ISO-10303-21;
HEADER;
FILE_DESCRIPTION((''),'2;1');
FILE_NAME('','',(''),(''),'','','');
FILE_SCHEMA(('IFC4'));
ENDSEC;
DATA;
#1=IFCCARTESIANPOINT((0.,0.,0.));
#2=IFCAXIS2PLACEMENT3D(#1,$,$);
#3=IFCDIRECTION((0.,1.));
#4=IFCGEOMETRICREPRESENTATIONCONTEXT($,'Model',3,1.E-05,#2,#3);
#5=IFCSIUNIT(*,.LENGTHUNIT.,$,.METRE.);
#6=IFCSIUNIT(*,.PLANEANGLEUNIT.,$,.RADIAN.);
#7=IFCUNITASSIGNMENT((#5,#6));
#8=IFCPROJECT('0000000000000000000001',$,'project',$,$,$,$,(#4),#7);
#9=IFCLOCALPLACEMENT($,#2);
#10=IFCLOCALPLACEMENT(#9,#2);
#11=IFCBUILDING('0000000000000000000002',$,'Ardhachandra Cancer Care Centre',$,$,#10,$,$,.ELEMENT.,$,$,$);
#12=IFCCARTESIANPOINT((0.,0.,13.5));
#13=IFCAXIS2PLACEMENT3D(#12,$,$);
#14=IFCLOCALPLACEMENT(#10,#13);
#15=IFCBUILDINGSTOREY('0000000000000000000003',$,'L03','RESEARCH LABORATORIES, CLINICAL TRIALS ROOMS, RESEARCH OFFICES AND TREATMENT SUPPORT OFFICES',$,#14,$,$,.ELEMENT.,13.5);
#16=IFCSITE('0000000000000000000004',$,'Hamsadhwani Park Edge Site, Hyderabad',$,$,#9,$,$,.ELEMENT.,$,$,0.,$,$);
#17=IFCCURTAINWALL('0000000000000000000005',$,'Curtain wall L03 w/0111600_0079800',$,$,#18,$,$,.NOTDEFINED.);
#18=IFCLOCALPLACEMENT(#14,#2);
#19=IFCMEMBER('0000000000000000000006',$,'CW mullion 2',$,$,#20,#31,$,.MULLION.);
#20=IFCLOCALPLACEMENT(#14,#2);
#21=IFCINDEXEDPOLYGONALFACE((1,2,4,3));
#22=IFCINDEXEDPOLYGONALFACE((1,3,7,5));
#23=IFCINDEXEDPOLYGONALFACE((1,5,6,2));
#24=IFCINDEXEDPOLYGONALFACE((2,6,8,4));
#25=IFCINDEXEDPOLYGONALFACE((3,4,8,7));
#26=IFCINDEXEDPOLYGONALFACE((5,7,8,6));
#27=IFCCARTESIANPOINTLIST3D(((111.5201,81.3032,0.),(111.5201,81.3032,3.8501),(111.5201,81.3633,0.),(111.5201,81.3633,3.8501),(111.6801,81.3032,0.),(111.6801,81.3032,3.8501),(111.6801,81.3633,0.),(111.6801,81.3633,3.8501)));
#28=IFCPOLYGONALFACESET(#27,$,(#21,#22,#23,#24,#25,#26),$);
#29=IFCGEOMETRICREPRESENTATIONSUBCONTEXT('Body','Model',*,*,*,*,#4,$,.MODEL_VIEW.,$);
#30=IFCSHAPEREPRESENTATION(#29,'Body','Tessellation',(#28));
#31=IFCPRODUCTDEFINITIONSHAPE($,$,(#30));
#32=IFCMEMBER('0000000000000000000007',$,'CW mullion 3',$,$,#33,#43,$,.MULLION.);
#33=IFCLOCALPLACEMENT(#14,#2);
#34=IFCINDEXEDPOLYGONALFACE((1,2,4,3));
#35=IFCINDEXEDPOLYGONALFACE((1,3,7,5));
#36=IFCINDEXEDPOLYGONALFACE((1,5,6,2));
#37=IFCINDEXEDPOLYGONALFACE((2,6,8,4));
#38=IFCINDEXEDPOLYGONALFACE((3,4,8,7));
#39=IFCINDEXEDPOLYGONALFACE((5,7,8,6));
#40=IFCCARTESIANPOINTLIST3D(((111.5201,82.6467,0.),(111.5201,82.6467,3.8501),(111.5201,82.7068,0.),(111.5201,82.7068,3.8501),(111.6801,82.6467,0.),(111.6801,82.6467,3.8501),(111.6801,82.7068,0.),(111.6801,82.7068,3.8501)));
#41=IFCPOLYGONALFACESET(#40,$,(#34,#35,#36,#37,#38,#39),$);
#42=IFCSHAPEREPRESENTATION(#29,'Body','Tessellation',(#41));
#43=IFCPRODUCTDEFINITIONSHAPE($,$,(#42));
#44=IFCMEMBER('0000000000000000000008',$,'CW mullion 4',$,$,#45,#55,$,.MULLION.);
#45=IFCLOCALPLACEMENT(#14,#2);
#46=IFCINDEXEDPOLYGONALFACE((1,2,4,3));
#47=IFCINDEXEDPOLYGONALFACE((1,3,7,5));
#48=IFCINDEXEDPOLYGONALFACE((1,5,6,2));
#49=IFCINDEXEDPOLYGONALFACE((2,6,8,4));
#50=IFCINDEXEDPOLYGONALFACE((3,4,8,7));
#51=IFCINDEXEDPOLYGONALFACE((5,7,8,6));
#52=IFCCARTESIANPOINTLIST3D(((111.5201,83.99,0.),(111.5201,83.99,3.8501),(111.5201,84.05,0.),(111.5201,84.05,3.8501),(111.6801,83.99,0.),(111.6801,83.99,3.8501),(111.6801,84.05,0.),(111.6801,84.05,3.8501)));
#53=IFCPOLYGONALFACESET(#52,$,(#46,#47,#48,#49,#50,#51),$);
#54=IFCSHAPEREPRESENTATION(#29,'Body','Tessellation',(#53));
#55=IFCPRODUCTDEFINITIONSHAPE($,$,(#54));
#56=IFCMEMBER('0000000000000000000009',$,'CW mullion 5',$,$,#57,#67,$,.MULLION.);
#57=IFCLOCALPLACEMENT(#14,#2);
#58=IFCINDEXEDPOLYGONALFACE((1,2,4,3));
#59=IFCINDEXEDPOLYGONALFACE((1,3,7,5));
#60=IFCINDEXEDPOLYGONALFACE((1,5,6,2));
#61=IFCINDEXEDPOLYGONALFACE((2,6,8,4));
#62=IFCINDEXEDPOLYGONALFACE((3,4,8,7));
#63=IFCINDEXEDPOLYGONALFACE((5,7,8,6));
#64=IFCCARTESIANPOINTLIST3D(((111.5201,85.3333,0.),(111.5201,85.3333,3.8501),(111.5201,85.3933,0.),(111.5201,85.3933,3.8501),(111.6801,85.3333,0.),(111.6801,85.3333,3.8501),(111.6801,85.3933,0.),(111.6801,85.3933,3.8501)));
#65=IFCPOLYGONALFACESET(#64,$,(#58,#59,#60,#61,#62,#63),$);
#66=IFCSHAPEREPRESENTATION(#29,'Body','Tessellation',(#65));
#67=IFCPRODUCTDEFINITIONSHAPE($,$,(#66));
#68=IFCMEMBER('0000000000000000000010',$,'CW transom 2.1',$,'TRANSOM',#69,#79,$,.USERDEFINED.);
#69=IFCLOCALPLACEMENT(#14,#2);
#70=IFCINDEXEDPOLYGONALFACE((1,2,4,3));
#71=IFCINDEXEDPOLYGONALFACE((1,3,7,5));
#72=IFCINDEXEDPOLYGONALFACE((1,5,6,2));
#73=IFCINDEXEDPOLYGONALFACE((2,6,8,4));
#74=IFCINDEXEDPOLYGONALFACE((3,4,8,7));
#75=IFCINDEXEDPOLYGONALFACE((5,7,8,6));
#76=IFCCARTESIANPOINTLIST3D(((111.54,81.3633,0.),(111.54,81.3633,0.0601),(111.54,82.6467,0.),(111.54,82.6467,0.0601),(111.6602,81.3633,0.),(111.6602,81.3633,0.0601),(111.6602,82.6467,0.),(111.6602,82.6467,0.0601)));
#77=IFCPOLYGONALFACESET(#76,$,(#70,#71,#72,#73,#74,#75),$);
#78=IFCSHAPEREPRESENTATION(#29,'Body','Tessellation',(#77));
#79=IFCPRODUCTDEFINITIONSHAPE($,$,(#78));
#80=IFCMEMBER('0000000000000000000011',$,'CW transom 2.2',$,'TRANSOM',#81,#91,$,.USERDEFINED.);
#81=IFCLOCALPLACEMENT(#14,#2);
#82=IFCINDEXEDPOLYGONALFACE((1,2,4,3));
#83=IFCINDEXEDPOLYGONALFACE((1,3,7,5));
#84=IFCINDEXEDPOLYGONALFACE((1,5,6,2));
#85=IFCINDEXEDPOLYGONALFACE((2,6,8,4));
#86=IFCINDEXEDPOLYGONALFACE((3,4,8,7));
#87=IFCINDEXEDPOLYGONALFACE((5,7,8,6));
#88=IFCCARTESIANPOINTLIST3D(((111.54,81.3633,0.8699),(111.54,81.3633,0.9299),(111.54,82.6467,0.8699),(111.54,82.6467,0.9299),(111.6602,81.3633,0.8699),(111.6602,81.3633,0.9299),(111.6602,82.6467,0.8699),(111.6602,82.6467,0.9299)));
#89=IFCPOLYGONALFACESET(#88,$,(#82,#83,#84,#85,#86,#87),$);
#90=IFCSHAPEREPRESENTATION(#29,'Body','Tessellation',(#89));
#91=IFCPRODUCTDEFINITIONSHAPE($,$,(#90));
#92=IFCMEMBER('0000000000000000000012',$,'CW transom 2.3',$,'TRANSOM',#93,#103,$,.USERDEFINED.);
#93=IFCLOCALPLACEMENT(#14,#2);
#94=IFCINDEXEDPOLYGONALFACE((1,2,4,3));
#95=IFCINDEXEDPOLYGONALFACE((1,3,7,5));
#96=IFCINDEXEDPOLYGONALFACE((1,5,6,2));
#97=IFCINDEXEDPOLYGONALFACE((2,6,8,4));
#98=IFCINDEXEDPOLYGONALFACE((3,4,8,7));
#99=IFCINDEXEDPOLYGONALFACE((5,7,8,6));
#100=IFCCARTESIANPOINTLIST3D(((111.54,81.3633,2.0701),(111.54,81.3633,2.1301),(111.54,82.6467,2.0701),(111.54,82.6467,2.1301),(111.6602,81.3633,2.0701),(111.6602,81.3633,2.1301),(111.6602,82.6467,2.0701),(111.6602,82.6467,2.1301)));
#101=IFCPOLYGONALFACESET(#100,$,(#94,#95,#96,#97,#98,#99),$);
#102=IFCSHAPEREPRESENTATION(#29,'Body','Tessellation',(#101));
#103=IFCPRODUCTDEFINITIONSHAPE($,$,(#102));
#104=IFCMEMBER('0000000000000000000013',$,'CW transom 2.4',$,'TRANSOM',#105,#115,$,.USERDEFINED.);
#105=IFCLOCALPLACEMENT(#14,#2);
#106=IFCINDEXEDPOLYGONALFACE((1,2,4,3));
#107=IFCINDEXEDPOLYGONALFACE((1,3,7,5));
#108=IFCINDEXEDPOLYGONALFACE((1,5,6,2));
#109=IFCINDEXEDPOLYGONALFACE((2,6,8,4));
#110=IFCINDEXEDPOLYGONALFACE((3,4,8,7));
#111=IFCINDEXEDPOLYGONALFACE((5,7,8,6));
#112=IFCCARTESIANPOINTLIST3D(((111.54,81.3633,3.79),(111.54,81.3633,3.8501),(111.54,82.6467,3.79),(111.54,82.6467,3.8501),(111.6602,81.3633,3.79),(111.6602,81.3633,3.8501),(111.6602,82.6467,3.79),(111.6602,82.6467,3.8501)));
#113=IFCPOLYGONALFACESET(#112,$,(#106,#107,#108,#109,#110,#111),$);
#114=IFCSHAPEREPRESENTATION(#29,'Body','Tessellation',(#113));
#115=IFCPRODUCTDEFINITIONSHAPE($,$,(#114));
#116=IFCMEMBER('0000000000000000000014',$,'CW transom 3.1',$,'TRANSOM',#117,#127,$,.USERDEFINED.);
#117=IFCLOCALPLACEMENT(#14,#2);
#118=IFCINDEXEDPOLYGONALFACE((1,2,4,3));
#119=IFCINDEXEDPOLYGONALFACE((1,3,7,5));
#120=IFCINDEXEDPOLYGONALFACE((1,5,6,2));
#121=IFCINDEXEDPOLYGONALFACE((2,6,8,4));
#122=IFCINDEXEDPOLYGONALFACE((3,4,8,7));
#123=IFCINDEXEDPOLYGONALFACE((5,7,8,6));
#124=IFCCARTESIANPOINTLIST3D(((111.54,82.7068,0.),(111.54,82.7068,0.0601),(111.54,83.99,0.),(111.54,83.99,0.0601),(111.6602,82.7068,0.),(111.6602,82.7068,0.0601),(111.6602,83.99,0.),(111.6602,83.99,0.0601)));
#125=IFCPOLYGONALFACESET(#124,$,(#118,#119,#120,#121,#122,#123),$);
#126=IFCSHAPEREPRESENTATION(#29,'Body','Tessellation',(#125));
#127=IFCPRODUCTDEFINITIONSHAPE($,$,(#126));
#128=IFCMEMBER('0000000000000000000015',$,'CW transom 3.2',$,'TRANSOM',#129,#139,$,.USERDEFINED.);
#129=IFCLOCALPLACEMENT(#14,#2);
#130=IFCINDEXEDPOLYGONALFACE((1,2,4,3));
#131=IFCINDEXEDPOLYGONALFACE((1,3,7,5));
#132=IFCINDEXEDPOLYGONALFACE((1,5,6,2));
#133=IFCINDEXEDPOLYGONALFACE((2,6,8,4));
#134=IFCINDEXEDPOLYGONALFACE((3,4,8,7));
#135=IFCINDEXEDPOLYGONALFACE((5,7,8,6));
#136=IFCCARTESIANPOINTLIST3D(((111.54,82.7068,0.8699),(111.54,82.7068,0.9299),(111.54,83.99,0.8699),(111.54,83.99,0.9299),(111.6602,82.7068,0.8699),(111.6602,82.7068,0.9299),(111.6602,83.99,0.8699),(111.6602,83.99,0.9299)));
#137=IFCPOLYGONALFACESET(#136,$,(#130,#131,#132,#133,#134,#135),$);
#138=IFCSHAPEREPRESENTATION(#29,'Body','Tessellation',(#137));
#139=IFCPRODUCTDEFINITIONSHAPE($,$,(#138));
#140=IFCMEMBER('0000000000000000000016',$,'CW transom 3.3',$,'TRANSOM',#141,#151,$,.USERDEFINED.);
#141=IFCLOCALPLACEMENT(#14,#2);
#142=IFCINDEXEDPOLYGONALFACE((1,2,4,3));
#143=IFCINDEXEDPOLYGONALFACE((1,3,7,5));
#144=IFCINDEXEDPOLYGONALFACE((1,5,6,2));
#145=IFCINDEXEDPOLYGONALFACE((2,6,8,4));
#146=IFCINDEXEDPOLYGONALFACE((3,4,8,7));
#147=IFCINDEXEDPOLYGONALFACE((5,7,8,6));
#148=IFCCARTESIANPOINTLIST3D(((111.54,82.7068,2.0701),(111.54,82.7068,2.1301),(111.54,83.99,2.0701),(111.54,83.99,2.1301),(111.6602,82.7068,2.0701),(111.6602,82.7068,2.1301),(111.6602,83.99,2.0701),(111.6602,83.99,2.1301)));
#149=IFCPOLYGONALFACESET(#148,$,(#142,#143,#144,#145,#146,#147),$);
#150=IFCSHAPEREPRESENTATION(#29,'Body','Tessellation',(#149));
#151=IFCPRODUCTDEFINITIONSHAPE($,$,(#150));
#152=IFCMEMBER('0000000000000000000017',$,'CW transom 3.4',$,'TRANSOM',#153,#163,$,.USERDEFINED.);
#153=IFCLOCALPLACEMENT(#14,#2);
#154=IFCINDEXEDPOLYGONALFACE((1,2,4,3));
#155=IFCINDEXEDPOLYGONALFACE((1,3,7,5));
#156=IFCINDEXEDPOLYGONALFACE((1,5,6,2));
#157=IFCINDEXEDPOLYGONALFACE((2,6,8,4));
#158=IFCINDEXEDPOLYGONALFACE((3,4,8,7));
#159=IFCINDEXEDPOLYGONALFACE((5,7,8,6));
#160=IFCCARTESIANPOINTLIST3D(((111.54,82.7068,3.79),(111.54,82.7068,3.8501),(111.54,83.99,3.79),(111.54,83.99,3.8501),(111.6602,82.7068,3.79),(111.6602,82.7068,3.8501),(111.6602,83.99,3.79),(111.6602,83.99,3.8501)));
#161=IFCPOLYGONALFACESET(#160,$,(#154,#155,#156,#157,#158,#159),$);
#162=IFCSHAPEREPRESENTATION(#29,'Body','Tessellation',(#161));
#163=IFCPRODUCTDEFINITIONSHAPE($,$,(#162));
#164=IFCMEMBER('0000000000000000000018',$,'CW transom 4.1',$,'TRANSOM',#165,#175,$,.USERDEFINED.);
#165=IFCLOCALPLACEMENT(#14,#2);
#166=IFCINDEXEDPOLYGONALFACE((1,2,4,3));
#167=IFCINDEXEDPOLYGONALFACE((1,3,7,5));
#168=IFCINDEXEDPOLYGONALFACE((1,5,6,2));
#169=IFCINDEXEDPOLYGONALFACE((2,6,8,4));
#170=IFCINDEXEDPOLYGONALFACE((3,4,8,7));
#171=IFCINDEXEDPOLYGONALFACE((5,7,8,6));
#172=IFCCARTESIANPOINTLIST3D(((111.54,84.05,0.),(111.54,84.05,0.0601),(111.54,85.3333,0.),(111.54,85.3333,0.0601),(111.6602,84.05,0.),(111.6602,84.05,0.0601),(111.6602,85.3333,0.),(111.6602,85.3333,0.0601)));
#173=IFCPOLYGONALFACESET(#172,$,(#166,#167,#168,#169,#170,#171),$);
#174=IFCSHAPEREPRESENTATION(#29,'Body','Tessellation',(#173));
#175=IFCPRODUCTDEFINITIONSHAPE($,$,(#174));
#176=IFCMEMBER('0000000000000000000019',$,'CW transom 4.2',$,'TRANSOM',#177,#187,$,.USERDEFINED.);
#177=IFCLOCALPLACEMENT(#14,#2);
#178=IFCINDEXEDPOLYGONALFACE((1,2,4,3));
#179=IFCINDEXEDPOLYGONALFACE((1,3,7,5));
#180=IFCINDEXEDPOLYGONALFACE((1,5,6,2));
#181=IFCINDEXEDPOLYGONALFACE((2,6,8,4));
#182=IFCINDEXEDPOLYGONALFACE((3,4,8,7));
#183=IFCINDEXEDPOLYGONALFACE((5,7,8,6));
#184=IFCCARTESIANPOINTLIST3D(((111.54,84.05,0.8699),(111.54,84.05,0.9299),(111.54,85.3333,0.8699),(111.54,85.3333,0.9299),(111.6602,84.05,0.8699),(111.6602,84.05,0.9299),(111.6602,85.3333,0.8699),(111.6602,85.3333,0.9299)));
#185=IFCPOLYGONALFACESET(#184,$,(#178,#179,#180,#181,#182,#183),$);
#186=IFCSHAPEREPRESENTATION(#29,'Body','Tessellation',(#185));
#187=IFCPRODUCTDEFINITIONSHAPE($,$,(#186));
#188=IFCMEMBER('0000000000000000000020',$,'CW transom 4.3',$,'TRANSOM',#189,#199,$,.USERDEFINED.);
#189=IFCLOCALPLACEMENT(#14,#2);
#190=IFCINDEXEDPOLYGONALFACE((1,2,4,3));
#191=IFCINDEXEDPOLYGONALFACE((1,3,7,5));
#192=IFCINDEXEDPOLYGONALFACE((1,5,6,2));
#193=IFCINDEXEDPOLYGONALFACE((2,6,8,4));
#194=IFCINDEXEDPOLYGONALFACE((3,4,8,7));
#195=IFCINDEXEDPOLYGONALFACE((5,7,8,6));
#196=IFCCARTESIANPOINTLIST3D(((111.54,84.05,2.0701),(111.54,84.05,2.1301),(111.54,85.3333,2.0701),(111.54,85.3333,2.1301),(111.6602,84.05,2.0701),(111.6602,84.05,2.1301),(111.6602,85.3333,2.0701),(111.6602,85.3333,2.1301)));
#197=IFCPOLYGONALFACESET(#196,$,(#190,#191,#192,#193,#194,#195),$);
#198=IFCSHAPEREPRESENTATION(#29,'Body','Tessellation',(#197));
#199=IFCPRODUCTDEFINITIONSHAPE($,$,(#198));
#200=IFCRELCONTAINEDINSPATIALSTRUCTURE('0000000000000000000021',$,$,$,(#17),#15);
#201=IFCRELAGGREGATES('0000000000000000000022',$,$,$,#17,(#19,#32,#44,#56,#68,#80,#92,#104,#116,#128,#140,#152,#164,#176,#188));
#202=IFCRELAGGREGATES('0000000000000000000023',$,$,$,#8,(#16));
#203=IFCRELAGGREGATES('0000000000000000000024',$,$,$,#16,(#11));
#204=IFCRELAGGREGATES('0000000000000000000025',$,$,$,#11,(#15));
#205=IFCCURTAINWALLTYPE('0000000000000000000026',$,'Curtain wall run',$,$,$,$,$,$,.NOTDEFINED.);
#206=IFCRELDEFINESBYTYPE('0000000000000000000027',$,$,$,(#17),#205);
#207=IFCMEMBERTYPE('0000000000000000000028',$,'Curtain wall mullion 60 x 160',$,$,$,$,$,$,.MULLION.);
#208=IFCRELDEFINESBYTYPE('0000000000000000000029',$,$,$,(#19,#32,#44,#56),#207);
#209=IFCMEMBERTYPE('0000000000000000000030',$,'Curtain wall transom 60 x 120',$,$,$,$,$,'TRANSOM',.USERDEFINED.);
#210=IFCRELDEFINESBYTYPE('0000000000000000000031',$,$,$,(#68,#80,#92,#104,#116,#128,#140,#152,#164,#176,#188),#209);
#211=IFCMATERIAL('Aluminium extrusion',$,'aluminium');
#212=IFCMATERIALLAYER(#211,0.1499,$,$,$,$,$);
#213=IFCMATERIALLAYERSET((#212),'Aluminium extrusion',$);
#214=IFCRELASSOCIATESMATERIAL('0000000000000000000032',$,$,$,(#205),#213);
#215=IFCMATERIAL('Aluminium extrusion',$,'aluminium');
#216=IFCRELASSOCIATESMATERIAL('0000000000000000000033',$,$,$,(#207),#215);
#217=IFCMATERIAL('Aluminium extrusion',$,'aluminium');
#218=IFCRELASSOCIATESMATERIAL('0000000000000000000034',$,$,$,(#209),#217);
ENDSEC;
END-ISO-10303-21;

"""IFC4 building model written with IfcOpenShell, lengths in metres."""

from ifc_helpers import new_model, si_unit, direction, frame, origin, origin_2d, place, context, subcontext, project, spatial, rectangle, extrude, material, layer, layer_set, material_profile, profile_set, type_object, element, aggregate, save


model = new_model("IFC4")

# Units and contexts
model_context = context("Model", 3, precision=1e-05, world=origin(), true_north=direction((0.0, 1.0)))
body_context = subcontext(model_context, "Body", "Model", "MODEL_VIEW")
ifc_project = project(units=[si_unit("LENGTHUNIT", "METRE"), si_unit("PLANEANGLEUNIT", "RADIAN")], contexts=[model_context])

# Site, building, storey
site_placement = place(None, origin())
site = spatial("IfcSite", under=ifc_project, at=site_placement, Name="Hamsadhwani Park Edge Site, Hyderabad", CompositionType="ELEMENT", RefElevation=0.0)
building_placement = place(site_placement, origin())
building = spatial("IfcBuilding", under=site, at=building_placement, Name="Ardhachandra Cancer Care Centre", CompositionType="ELEMENT")
storey_placement = place(building_placement, frame((0.0, 0.0, 13.5)))
storey = spatial("IfcBuildingStorey", under=building, at=storey_placement, Name="L03", Description="RESEARCH LABORATORIES, CLINICAL TRIALS ROOMS, RESEARCH OFFICES AND TREATMENT SUPPORT OFFICES", CompositionType="ELEMENT", Elevation=13.5)

# Curtain wall, members
ifc_material_1 = material(Name="Aluminium extrusion", Category="aluminium")
ifc_layer_1 = layer(ifc_material_1, 0.1499)
ifc_layer_set_1 = layer_set([ifc_layer_1], Name="Aluminium extrusion")
curtain_wall_type = type_object("IfcCurtainWallType", Name="Curtain wall run", PredefinedType="NOTDEFINED", material=ifc_layer_set_1)
curtain_wall_placement = place(storey_placement, origin())
curtain_wall = element("IfcCurtainWall", 1, at=curtain_wall_placement, inside=storey, type_object=curtain_wall_type, Name="Curtain wall L03 w/0111600_0079800", PredefinedType="NOTDEFINED")
ifc_material_2 = material(Name="Aluminium extrusion", Category="aluminium")
ifc_material_profile_1 = material_profile(ifc_material_2, rectangle(XDim=0.1599, YDim=0.0601, at=origin_2d()), Name="Curtain wall mullion 60 x 160")
ifc_profile_set_1 = profile_set([ifc_material_profile_1], Name="Aluminium extrusion")
member_type_1 = type_object("IfcMemberType", Name="Curtain wall mullion 60 x 160", PredefinedType="MULLION", material=ifc_profile_set_1)
member_1_placement = place(storey_placement, frame((111.6001, 81.3333, 0.0), z_axis=(0.0, 0.0, 1.0), x_axis=(-1.0, 0.0, 0.0)))
member_1 = element("IfcMember", 2, at=member_1_placement, type_object=member_type_1, Name="CW mullion 2", PredefinedType="MULLION", context=body_context, shape_type="SweptSolid", body=[
    extrude(rectangle(XDim=0.1599, YDim=0.0601, at=origin_2d()), origin(), (0.0, 0.0, 1.0), 3.8501),
])
member_2_placement = place(storey_placement, frame((111.6001, 82.6768, 0.0), z_axis=(0.0, 0.0, 1.0), x_axis=(-1.0, 0.0, 0.0)))
member_2 = element("IfcMember", 3, at=member_2_placement, type_object=member_type_1, Name="CW mullion 3", PredefinedType="MULLION", context=body_context, shape_type="SweptSolid", body=[
    extrude(rectangle(XDim=0.1599, YDim=0.0601, at=origin_2d()), origin(), (0.0, 0.0, 1.0), 3.8501),
])
member_3_placement = place(storey_placement, frame((111.6001, 84.02, 0.0), z_axis=(0.0, 0.0, 1.0), x_axis=(-1.0, 0.0, 0.0)))
member_3 = element("IfcMember", 4, at=member_3_placement, type_object=member_type_1, Name="CW mullion 4", PredefinedType="MULLION", context=body_context, shape_type="SweptSolid", body=[
    extrude(rectangle(XDim=0.1599, YDim=0.0601, at=origin_2d()), origin(), (0.0, 0.0, 1.0), 3.8501),
])
member_4_placement = place(storey_placement, frame((111.6001, 85.3633, 0.0), z_axis=(0.0, 0.0, 1.0), x_axis=(-1.0, 0.0, 0.0)))
member_4 = element("IfcMember", 5, at=member_4_placement, type_object=member_type_1, Name="CW mullion 5", PredefinedType="MULLION", context=body_context, shape_type="SweptSolid", body=[
    extrude(rectangle(XDim=0.1599, YDim=0.0601, at=origin_2d()), origin(), (0.0, 0.0, 1.0), 3.8501),
])
ifc_material_3 = material(Name="Aluminium extrusion", Category="aluminium")
ifc_material_profile_2 = material_profile(ifc_material_3, rectangle(XDim=0.1201, YDim=0.0601, at=origin_2d()), Name="Curtain wall transom 60 x 120")
ifc_profile_set_2 = profile_set([ifc_material_profile_2], Name="Aluminium extrusion")
member_type_2 = type_object("IfcMemberType", Name="Curtain wall transom 60 x 120", ElementType="TRANSOM", PredefinedType="USERDEFINED", material=ifc_profile_set_2)
member_5_placement = place(storey_placement, frame((111.6001, 81.3633, 0.03), z_axis=(0.0, 1.0, 0.0), x_axis=(-1.0, 0.0, 0.0)))
member_5 = element("IfcMember", 6, at=member_5_placement, type_object=member_type_2, Name="CW transom 2.1", ObjectType="TRANSOM", PredefinedType="USERDEFINED", context=body_context, shape_type="SweptSolid", body=[
    extrude(rectangle(XDim=0.1201, YDim=0.0601, at=origin_2d()), origin(), (0.0, 0.0, 1.0), 1.2834),
])
member_6_placement = place(storey_placement, frame((111.6001, 81.3633, 0.8999), z_axis=(0.0, 1.0, 0.0), x_axis=(-1.0, 0.0, 0.0)))
member_6 = element("IfcMember", 7, at=member_6_placement, type_object=member_type_2, Name="CW transom 2.2", ObjectType="TRANSOM", PredefinedType="USERDEFINED", context=body_context, shape_type="SweptSolid", body=[
    extrude(rectangle(XDim=0.1201, YDim=0.0601, at=origin_2d()), origin(), (0.0, 0.0, 1.0), 1.2834),
])
member_7_placement = place(storey_placement, frame((111.6001, 81.3633, 2.1001), z_axis=(0.0, 1.0, 0.0), x_axis=(-1.0, 0.0, 0.0)))
member_7 = element("IfcMember", 8, at=member_7_placement, type_object=member_type_2, Name="CW transom 2.3", ObjectType="TRANSOM", PredefinedType="USERDEFINED", context=body_context, shape_type="SweptSolid", body=[
    extrude(rectangle(XDim=0.1201, YDim=0.0601, at=origin_2d()), origin(), (0.0, 0.0, 1.0), 1.2834),
])
member_8_placement = place(storey_placement, frame((111.6001, 81.3633, 3.8201), z_axis=(0.0, 1.0, 0.0), x_axis=(-1.0, 0.0, 0.0)))
member_8 = element("IfcMember", 9, at=member_8_placement, type_object=member_type_2, Name="CW transom 2.4", ObjectType="TRANSOM", PredefinedType="USERDEFINED", context=body_context, shape_type="SweptSolid", body=[
    extrude(rectangle(XDim=0.1201, YDim=0.0601, at=origin_2d()), origin(), (0.0, 0.0, 1.0), 1.2834),
])
member_9_placement = place(storey_placement, frame((111.6001, 82.7068, 0.03), z_axis=(0.0, 1.0, 0.0), x_axis=(-1.0, 0.0, 0.0)))
member_9 = element("IfcMember", 10, at=member_9_placement, type_object=member_type_2, Name="CW transom 3.1", ObjectType="TRANSOM", PredefinedType="USERDEFINED", context=body_context, shape_type="SweptSolid", body=[
    extrude(rectangle(XDim=0.1201, YDim=0.0601, at=origin_2d()), origin(), (0.0, 0.0, 1.0), 1.2832),
])
member_10_placement = place(storey_placement, frame((111.6001, 82.7068, 0.8999), z_axis=(0.0, 1.0, 0.0), x_axis=(-1.0, 0.0, 0.0)))
member_10 = element("IfcMember", 11, at=member_10_placement, type_object=member_type_2, Name="CW transom 3.2", ObjectType="TRANSOM", PredefinedType="USERDEFINED", context=body_context, shape_type="SweptSolid", body=[
    extrude(rectangle(XDim=0.1201, YDim=0.0601, at=origin_2d()), origin(), (0.0, 0.0, 1.0), 1.2832),
])
member_11_placement = place(storey_placement, frame((111.6001, 82.7068, 2.1001), z_axis=(0.0, 1.0, 0.0), x_axis=(-1.0, 0.0, 0.0)))
member_11 = element("IfcMember", 12, at=member_11_placement, type_object=member_type_2, Name="CW transom 3.3", ObjectType="TRANSOM", PredefinedType="USERDEFINED", context=body_context, shape_type="SweptSolid", body=[
    extrude(rectangle(XDim=0.1201, YDim=0.0601, at=origin_2d()), origin(), (0.0, 0.0, 1.0), 1.2832),
])
member_12_placement = place(storey_placement, frame((111.6001, 82.7068, 3.8201), z_axis=(0.0, 1.0, 0.0), x_axis=(-1.0, 0.0, 0.0)))
member_12 = element("IfcMember", 13, at=member_12_placement, type_object=member_type_2, Name="CW transom 3.4", ObjectType="TRANSOM", PredefinedType="USERDEFINED", context=body_context, shape_type="SweptSolid", body=[
    extrude(rectangle(XDim=0.1201, YDim=0.0601, at=origin_2d()), origin(), (0.0, 0.0, 1.0), 1.2832),
])
member_13_placement = place(storey_placement, frame((111.6001, 84.05, 0.03), z_axis=(0.0, 1.0, 0.0), x_axis=(-1.0, 0.0, 0.0)))
member_13 = element("IfcMember", 14, at=member_13_placement, type_object=member_type_2, Name="CW transom 4.1", ObjectType="TRANSOM", PredefinedType="USERDEFINED", context=body_context, shape_type="SweptSolid", body=[
    extrude(rectangle(XDim=0.1201, YDim=0.0601, at=origin_2d()), origin(), (0.0, 0.0, 1.0), 1.2832),
])
member_14_placement = place(storey_placement, frame((111.6001, 84.05, 0.8999), z_axis=(0.0, 1.0, 0.0), x_axis=(-1.0, 0.0, 0.0)))
member_14 = element("IfcMember", 15, at=member_14_placement, type_object=member_type_2, Name="CW transom 4.2", ObjectType="TRANSOM", PredefinedType="USERDEFINED", context=body_context, shape_type="SweptSolid", body=[
    extrude(rectangle(XDim=0.1201, YDim=0.0601, at=origin_2d()), origin(), (0.0, 0.0, 1.0), 1.2832),
])
member_15_placement = place(storey_placement, frame((111.6001, 84.05, 2.1001), z_axis=(0.0, 1.0, 0.0), x_axis=(-1.0, 0.0, 0.0)))
member_15 = element("IfcMember", 16, at=member_15_placement, type_object=member_type_2, Name="CW transom 4.3", ObjectType="TRANSOM", PredefinedType="USERDEFINED", context=body_context, shape_type="SweptSolid", body=[
    extrude(rectangle(XDim=0.1201, YDim=0.0601, at=origin_2d()), origin(), (0.0, 0.0, 1.0), 1.2832),
])
aggregate(curtain_wall, [member_1, member_2, member_3, member_4, member_5, member_6, member_7, member_8, member_9, member_10, member_11, member_12, member_13, member_14, member_15])

save(model, "model.ifc")
